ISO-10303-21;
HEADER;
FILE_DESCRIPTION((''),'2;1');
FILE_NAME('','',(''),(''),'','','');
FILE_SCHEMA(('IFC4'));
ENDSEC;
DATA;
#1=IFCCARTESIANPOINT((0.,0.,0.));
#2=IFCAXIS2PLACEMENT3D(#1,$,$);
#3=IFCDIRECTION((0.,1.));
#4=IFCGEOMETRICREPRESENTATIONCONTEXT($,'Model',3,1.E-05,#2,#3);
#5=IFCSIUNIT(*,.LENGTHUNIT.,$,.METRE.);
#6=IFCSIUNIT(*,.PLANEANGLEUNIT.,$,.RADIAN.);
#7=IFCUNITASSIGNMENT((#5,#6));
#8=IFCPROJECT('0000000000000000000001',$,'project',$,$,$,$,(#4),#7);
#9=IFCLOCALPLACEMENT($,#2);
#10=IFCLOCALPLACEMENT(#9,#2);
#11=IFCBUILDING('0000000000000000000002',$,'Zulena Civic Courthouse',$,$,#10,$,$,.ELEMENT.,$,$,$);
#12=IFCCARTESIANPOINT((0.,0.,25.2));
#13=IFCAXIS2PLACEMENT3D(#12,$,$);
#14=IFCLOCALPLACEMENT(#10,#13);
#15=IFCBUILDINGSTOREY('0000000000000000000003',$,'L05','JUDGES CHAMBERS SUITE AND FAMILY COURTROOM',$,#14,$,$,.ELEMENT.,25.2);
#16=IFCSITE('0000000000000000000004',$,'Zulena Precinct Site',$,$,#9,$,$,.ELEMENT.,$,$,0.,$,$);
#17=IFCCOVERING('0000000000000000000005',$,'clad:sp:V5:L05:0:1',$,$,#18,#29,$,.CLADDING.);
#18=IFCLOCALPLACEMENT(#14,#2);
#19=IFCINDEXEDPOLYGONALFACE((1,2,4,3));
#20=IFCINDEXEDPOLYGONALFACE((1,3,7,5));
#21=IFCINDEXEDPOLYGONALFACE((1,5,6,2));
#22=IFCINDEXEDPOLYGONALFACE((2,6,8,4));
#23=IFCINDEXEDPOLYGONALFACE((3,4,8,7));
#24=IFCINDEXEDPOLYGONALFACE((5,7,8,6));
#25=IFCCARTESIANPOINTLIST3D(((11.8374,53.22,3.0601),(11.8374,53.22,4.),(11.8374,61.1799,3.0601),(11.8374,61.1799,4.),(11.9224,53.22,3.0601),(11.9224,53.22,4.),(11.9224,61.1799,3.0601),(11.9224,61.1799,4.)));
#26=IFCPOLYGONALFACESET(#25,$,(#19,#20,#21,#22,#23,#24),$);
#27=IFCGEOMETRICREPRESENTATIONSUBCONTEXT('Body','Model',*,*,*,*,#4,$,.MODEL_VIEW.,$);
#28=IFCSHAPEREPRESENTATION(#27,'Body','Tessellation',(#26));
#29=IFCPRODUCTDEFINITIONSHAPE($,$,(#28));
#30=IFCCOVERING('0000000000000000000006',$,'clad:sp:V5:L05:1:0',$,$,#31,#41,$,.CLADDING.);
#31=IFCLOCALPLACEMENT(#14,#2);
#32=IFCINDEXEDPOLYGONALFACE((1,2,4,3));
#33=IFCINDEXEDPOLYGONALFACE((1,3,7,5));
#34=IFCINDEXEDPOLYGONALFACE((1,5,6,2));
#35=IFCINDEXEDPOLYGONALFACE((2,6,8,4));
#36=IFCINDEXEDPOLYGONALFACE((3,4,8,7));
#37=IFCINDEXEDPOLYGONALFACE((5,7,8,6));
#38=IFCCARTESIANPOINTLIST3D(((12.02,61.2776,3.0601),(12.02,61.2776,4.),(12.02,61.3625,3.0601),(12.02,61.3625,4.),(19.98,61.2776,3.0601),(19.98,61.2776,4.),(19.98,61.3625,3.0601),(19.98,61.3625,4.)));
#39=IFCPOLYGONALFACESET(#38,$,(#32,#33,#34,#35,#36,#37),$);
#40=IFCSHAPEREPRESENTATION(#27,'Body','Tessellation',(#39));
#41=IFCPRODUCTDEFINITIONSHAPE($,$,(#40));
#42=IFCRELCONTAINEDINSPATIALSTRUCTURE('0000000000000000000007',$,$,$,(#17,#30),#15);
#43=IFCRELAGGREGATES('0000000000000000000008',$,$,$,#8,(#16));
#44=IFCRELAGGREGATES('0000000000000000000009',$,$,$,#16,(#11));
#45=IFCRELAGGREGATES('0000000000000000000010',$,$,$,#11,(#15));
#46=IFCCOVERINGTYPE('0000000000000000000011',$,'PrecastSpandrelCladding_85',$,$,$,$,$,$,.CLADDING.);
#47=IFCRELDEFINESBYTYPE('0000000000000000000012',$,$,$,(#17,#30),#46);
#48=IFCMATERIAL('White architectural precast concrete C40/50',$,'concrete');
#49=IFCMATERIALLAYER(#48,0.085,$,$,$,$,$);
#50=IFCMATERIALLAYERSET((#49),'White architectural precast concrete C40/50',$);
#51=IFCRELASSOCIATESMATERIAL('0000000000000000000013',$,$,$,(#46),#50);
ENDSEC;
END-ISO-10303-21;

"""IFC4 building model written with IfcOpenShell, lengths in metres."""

from ifc_helpers import new_model, si_unit, direction, frame, origin, origin_2d, place, context, subcontext, project, spatial, rectangle, extrude, material, layer, layer_set, type_object, element, save


model = new_model("IFC4")

# Units and contexts
model_context = context("Model", 3, precision=1e-05, world=origin(), true_north=direction((0.0, 1.0)))
body_context = subcontext(model_context, "Body", "Model", "MODEL_VIEW")
ifc_project = project(units=[si_unit("LENGTHUNIT", "METRE"), si_unit("PLANEANGLEUNIT", "RADIAN")], contexts=[model_context])

# Site, building, storey
site_placement = place(None, origin())
site = spatial("IfcSite", under=ifc_project, at=site_placement, Name="Zulena Precinct Site", CompositionType="ELEMENT", RefElevation=0.0)
building_placement = place(site_placement, origin())
building = spatial("IfcBuilding", under=site, at=building_placement, Name="Zulena Civic Courthouse", CompositionType="ELEMENT")
storey_placement = place(building_placement, frame((0.0, 0.0, 25.2)))
storey = spatial("IfcBuildingStorey", under=building, at=storey_placement, Name="L05", Description="JUDGES CHAMBERS SUITE AND FAMILY COURTROOM", CompositionType="ELEMENT", Elevation=25.2)

# Coverings
ifc_material_1 = material(Name="White architectural precast concrete C40/50", Category="concrete")
ifc_layer_1 = layer(ifc_material_1, 0.085)
ifc_layer_set_1 = layer_set([ifc_layer_1], Name="White architectural precast concrete C40/50")
covering_type = type_object("IfcCoveringType", Name="PrecastSpandrelCladding_85", PredefinedType="CLADDING", material=ifc_layer_set_1)
for number, where, z_axis, x_axis, name in (
    (1, (11.8799, 57.2, 3.0601), (0.0, 0.0, 1.0), (0.0, 1.0, 0.0), "clad:sp:V5:L05:0:1"),
    (2, (16.0, 61.3201, 3.0601), (0.0, 0.0, 1.0), (1.0, 0.0, 0.0), "clad:sp:V5:L05:1:0"),
):
    element("IfcCovering", number, at=place(storey_placement, frame(where, z_axis=z_axis, x_axis=x_axis)), inside=storey, type_object=covering_type, Name=name, PredefinedType="CLADDING", context=body_context, shape_type="SweptSolid", body=[
        extrude(rectangle(XDim=7.96, YDim=0.085, at=origin_2d()), origin(), (0.0, 0.0, 1.0), 0.9399),
    ])

save(model, "model.ifc")
